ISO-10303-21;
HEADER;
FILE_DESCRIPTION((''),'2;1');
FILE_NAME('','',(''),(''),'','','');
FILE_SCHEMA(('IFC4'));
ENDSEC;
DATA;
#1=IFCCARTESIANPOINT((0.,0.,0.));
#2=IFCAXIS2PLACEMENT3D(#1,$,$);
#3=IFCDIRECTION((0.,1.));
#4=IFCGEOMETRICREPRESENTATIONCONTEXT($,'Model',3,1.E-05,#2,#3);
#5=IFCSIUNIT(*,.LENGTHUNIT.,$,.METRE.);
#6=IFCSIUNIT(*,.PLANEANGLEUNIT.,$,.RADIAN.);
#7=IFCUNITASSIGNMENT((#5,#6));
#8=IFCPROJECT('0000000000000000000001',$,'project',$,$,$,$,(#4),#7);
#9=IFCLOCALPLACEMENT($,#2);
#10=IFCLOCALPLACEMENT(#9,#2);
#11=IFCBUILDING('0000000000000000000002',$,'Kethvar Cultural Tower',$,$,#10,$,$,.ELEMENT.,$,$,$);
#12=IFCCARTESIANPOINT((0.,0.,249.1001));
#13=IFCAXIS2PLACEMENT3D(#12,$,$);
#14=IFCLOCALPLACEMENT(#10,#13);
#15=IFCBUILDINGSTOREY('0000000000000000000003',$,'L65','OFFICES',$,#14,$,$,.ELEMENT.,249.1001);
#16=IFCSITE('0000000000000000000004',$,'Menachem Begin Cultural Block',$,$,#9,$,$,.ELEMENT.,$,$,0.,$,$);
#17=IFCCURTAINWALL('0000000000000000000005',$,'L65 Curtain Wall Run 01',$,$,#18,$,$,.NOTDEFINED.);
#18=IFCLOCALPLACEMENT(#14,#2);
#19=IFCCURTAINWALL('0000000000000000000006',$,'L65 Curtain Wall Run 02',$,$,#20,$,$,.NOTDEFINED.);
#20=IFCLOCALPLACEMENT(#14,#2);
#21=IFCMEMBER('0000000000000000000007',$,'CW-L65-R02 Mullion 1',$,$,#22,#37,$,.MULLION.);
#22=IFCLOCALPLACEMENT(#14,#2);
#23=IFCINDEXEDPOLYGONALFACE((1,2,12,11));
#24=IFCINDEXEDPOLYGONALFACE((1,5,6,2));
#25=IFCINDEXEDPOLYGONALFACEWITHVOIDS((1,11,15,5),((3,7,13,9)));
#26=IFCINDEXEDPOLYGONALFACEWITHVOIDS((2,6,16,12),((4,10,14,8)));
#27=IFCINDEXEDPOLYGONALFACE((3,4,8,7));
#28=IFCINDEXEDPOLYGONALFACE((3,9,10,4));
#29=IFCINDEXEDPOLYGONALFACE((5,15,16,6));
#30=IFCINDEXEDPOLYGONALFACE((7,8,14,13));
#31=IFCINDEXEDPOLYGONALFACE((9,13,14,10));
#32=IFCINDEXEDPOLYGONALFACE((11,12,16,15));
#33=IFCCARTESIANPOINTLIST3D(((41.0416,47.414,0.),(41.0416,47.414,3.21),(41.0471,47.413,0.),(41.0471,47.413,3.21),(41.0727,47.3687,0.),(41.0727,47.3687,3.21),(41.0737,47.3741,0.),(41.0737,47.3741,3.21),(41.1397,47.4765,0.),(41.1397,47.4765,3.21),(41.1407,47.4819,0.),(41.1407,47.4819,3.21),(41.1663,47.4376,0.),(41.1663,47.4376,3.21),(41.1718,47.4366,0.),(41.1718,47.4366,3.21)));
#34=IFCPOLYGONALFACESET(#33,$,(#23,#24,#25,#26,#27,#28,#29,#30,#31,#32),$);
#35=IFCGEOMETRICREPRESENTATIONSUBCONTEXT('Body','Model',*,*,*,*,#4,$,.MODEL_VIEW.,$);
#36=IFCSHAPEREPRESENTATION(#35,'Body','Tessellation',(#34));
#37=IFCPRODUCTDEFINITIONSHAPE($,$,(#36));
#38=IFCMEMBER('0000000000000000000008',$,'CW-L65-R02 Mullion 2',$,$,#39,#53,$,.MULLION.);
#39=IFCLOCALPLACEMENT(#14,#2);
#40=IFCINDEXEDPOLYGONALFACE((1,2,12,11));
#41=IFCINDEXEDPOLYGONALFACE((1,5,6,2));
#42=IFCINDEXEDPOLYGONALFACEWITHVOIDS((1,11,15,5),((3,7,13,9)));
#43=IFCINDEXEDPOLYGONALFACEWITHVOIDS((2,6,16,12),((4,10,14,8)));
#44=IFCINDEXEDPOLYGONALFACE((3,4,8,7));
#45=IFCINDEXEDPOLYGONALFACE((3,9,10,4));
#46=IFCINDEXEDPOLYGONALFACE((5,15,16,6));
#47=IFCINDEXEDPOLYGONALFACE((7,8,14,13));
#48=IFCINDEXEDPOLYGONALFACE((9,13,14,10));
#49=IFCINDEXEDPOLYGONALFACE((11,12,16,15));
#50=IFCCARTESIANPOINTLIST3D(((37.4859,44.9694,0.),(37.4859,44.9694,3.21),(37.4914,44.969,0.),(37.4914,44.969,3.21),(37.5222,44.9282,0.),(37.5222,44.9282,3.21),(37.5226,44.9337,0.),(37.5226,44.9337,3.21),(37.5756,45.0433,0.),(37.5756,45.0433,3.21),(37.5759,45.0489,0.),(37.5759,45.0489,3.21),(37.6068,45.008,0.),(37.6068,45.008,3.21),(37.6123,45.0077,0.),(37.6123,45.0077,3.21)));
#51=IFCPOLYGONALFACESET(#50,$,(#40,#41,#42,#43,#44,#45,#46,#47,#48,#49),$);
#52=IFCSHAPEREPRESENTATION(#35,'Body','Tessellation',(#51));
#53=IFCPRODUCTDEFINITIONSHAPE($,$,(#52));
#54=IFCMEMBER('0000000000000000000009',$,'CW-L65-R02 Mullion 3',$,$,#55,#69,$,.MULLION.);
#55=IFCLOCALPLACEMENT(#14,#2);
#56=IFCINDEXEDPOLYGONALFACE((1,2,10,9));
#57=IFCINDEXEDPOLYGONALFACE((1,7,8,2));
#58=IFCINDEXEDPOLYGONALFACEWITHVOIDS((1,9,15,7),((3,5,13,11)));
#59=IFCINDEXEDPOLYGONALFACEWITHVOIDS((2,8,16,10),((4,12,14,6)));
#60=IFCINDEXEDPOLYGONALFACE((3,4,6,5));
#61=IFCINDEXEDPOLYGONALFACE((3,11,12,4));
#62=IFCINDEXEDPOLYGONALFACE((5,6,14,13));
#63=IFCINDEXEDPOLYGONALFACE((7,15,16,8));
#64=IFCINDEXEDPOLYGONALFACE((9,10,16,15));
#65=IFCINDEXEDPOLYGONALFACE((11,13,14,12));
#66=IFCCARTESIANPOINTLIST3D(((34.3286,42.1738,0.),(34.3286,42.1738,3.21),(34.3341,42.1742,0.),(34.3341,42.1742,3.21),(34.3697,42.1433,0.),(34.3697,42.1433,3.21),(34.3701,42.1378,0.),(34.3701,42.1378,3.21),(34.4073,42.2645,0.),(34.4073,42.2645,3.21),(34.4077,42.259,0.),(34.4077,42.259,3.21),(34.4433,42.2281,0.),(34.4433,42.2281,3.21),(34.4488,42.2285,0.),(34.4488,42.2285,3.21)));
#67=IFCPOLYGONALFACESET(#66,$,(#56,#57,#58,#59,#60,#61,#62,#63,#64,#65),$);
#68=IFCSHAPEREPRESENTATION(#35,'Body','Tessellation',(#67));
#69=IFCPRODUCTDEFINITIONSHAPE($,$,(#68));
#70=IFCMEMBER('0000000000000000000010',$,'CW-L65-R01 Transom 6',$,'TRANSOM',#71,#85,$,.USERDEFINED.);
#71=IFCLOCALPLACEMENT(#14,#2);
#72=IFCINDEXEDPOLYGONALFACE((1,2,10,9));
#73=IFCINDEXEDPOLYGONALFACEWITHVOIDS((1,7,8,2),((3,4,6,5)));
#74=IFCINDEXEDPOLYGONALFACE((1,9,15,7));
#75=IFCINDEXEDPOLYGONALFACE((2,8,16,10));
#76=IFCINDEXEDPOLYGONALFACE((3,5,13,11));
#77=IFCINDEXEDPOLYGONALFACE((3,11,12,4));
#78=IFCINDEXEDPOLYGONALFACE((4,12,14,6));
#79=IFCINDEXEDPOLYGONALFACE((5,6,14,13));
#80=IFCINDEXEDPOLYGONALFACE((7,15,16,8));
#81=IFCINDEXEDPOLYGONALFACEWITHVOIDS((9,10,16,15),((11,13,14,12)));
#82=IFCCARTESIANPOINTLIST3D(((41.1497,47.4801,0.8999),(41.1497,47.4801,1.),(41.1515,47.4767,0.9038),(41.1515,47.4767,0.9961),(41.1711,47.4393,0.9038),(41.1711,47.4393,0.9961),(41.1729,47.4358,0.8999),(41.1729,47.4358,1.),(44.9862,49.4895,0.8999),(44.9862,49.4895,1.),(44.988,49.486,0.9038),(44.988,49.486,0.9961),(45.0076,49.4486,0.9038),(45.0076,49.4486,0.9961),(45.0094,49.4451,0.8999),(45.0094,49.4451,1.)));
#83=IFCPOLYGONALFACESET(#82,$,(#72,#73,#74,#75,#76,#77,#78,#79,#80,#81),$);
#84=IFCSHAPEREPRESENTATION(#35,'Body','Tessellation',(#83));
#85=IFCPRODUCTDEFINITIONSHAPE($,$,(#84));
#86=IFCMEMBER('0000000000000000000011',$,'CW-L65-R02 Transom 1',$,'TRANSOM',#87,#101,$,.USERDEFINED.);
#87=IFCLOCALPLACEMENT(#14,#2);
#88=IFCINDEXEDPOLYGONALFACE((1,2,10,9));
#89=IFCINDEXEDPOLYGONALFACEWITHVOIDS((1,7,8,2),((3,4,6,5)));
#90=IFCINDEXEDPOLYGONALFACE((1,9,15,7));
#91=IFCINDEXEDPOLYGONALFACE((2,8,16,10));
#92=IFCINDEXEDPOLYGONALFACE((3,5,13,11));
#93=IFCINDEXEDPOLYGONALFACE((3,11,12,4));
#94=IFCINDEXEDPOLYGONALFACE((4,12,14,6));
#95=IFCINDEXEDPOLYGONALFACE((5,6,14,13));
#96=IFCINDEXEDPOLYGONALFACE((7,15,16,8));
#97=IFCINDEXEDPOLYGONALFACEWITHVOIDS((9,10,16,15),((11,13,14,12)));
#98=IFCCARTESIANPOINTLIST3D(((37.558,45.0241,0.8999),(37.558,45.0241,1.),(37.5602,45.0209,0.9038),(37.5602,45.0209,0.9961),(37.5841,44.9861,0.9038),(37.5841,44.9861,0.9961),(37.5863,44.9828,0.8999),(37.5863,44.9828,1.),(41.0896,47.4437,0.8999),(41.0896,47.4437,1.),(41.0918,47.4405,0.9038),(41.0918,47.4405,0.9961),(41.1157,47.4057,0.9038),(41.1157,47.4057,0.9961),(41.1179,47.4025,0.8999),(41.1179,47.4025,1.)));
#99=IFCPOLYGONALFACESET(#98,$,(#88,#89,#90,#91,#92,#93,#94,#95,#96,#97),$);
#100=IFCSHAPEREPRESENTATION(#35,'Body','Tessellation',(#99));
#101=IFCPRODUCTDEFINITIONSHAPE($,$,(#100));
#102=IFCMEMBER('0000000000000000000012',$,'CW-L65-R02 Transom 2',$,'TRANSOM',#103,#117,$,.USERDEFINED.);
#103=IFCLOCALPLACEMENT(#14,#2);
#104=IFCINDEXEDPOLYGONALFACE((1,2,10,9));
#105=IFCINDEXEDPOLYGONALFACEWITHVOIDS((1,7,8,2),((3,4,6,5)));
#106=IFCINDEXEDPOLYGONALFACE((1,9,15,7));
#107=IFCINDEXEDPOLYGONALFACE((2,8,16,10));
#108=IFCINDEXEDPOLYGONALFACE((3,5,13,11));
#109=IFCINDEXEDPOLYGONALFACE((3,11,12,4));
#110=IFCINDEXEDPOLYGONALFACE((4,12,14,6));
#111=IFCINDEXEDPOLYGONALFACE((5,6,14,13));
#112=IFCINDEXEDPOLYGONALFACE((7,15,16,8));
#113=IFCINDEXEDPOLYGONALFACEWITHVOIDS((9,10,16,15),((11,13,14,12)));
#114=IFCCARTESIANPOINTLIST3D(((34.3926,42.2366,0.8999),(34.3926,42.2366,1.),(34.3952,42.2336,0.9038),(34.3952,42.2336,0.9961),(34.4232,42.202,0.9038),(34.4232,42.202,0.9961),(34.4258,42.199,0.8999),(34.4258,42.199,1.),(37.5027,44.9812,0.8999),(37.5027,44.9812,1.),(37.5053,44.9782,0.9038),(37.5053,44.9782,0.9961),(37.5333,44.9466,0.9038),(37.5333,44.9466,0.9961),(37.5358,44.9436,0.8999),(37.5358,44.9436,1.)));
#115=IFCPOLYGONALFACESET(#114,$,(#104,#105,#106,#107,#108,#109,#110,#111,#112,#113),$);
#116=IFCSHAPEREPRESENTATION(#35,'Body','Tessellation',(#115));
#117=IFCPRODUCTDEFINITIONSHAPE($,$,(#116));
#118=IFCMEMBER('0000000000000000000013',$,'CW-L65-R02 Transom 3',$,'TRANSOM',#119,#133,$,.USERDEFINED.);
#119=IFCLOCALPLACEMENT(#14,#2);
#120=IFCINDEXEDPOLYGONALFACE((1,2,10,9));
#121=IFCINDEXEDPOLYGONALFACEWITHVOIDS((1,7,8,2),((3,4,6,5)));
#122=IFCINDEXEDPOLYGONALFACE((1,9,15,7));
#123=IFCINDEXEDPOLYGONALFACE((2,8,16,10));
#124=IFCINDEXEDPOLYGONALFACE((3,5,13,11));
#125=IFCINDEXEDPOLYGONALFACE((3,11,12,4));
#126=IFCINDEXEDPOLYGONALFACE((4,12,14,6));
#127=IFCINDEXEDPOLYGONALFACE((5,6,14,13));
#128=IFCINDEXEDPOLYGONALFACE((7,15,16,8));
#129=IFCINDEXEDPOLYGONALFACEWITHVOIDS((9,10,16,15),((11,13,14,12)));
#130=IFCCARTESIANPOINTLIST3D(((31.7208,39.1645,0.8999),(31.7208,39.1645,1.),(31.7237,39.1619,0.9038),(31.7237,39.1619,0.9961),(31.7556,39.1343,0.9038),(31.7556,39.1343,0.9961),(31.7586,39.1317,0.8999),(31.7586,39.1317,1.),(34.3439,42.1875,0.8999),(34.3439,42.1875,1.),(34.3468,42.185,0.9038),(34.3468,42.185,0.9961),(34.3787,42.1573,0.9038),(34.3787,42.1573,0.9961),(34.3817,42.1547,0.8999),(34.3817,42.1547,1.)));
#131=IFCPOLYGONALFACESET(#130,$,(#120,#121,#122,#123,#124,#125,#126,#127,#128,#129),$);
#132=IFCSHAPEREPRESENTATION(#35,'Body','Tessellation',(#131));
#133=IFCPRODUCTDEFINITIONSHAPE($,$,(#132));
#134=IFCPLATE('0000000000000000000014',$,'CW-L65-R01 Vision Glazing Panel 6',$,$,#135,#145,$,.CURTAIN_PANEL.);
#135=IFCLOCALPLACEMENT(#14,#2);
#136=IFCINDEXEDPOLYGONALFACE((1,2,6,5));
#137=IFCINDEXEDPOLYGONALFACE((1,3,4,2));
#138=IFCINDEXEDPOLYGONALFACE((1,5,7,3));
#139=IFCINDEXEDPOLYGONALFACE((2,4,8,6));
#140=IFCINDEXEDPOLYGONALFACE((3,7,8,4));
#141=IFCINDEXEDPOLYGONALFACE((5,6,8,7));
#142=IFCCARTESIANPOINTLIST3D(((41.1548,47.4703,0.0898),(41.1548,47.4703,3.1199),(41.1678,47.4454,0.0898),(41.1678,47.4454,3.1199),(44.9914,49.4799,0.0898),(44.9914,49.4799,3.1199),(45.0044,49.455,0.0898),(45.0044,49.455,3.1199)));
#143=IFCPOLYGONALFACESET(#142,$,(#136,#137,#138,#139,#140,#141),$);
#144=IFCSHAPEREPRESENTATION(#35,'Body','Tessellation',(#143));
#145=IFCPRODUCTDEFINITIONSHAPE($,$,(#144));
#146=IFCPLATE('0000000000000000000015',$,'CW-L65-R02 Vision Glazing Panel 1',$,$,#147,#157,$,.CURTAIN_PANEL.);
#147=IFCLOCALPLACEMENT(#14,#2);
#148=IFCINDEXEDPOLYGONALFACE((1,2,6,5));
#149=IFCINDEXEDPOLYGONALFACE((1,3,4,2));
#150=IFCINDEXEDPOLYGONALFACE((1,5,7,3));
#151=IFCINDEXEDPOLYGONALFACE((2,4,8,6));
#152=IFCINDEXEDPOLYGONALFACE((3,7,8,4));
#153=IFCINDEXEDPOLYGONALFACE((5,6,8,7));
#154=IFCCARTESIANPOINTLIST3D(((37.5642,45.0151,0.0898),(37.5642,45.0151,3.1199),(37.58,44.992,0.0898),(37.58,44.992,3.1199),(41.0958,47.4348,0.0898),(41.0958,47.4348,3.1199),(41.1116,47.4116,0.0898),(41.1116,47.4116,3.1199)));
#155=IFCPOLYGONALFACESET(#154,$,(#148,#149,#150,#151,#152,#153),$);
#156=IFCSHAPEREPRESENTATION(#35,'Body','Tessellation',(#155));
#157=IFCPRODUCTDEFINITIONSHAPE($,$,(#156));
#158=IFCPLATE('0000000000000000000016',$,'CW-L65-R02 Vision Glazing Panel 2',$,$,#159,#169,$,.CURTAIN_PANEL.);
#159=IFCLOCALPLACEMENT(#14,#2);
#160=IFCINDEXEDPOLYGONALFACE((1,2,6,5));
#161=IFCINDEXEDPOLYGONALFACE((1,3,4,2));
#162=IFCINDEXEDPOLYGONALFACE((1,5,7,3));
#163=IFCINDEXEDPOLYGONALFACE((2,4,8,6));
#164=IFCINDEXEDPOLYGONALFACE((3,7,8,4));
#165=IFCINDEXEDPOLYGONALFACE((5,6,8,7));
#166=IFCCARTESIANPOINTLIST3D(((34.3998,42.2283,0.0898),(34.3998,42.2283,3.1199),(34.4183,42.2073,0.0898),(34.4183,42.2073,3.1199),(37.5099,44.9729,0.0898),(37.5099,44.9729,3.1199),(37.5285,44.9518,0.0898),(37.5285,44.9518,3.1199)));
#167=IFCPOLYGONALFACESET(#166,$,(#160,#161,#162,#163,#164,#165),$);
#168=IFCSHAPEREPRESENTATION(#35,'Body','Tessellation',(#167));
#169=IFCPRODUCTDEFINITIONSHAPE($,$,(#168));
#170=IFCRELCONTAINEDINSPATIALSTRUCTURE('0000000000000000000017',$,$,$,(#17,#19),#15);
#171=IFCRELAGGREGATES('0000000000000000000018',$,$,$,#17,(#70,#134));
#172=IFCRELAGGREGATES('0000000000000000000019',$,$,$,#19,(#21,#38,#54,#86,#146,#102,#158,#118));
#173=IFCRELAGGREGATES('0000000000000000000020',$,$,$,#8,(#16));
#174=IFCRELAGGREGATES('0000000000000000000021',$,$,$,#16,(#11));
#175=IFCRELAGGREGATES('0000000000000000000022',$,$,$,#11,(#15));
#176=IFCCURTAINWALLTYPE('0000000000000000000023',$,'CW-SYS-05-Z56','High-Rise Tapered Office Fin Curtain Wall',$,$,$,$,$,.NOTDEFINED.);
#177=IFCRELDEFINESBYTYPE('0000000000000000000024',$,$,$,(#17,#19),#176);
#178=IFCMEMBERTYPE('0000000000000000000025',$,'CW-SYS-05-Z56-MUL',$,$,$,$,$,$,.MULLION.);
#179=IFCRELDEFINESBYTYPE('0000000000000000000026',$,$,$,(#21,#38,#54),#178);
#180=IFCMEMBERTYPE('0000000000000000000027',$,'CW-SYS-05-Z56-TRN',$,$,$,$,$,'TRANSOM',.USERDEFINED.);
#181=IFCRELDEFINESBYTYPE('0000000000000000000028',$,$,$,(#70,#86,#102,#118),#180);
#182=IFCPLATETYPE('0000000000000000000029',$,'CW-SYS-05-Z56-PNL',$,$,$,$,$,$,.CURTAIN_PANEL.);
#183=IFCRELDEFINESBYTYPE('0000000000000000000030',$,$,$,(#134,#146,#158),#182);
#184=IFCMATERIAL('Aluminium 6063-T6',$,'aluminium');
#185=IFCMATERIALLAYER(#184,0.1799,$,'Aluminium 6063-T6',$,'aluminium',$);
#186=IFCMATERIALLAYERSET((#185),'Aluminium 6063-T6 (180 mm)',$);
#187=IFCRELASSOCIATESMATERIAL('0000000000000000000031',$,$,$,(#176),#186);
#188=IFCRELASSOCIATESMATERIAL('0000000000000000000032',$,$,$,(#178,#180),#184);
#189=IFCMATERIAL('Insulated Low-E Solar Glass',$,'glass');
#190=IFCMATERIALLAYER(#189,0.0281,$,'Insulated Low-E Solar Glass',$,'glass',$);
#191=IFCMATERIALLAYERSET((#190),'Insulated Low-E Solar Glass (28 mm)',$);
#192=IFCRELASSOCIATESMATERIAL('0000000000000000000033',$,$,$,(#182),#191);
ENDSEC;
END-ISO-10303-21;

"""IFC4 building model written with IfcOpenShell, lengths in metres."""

from ifc_helpers import new_model, si_unit, direction, frame, origin, origin_2d, place, context, subcontext, project, spatial, rectangle, hollow_rectangle, extrude, source, transform, mapped, material, layer, layer_set, material_profile, profile_set, type_object, element, aggregate, save


model = new_model("IFC4")

# Units and contexts
model_context = context("Model", 3, precision=1e-05, world=origin(), true_north=direction((0.0, 1.0)))
body_context = subcontext(model_context, "Body", "Model", "MODEL_VIEW")
ifc_project = project(units=[si_unit("LENGTHUNIT", "METRE"), si_unit("PLANEANGLEUNIT", "RADIAN")], contexts=[model_context])

# Site, building, storey
site_placement = place(None, origin())
site = spatial("IfcSite", under=ifc_project, at=site_placement, Name="Menachem Begin Cultural Block", CompositionType="ELEMENT", RefElevation=0.0)
building_placement = place(site_placement, origin())
building = spatial("IfcBuilding", under=site, at=building_placement, Name="Kethvar Cultural Tower", CompositionType="ELEMENT")
storey_placement = place(building_placement, frame((0.0, 0.0, 249.1001)))
storey = spatial("IfcBuildingStorey", under=building, at=storey_placement, Name="L65", Description="OFFICES", CompositionType="ELEMENT", Elevation=249.1001)

# Curtain walls, members
ifc_material_1 = material(Name="Aluminium 6063-T6", Category="aluminium")
ifc_layer_1 = layer(ifc_material_1, 0.1799, Name="Aluminium 6063-T6", Category="aluminium")
ifc_layer_set_1 = layer_set([ifc_layer_1], Name="Aluminium 6063-T6 (180 mm)")
curtain_wall_type = type_object("IfcCurtainWallType", Name="CW-SYS-05-Z56", Description="High-Rise Tapered Office Fin Curtain Wall", PredefinedType="NOTDEFINED", material=ifc_layer_set_1)
curtain_wall_1_placement = place(storey_placement, origin())
curtain_wall_1 = element("IfcCurtainWall", 1, at=curtain_wall_1_placement, inside=storey, type_object=curtain_wall_type, Name="L65 Curtain Wall Run 01", PredefinedType="NOTDEFINED")
ifc_material_profile_1 = material_profile(ifc_material_1, hollow_rectangle(XDim=0.0549, YDim=0.1201, WallThickness=0.0039, at=origin_2d()), Name="Aluminium 6063-T6 — RHS120x55x4")
ifc_profile_set_1 = profile_set([ifc_material_profile_1], Name="Aluminium 6063-T6 — RHS120x55x4")
member_type_1 = type_object("IfcMemberType", Name="CW-SYS-05-Z56-MUL", PredefinedType="MULLION", material=ifc_profile_set_1)
shared_shape_1 = source(origin(), body_context, "Body", "SweptSolid", [
    extrude(hollow_rectangle(XDim=0.0549, YDim=0.1201, WallThickness=0.0039, at=origin_2d()), origin(), (0.0, 0.0, 1.0), 3.21),
])
curtain_wall_2_placement = place(storey_placement, origin())
curtain_wall_2 = element("IfcCurtainWall", 2, at=curtain_wall_2_placement, inside=storey, type_object=curtain_wall_type, Name="L65 Curtain Wall Run 02", PredefinedType="NOTDEFINED")
member_1_placement = place(storey_placement, frame((41.1067, 47.4253, 0.0), z_axis=(0.0, 0.0, 1.0), x_axis=(0.565212, -0.824946, 0.0)))
member_1 = element("IfcMember", 3, at=member_1_placement, type_object=member_type_1, Name="CW-L65-R02 Mullion 1", PredefinedType="MULLION", context=body_context, shape_type="MappedRepresentation", body=[
    mapped(shared_shape_1, transform((0.0, 0.0, 0.0), scale=1.0)),
])
member_2_placement = place(storey_placement, frame((37.5491, 44.9885, 0.0), z_axis=(0.0, 0.0, 1.0), x_axis=(0.661665, -0.749799, 0.0)))
member_2 = element("IfcMember", 4, at=member_2_placement, type_object=member_type_1, Name="CW-L65-R02 Mullion 2", PredefinedType="MULLION", context=body_context, shape_type="MappedRepresentation", body=[
    mapped(shared_shape_1, transform((0.0, 0.0, 0.0), scale=1.0)),
])
member_3_placement = place(storey_placement, frame((34.3887, 42.2012, 0.0), z_axis=(0.0, 0.0, 1.0), x_axis=(0.755316, -0.655361, 0.0)))
member_3 = element("IfcMember", 5, at=member_3_placement, type_object=member_type_1, Name="CW-L65-R02 Mullion 3", PredefinedType="MULLION", context=body_context, shape_type="MappedRepresentation", body=[
    mapped(shared_shape_1, transform((0.0, 0.0, 0.0), scale=1.0)),
])

# Members
ifc_material_profile_2 = material_profile(ifc_material_1, hollow_rectangle(XDim=0.05, YDim=0.1001, WallThickness=0.0039, at=origin_2d()), Name="Aluminium 6063-T6 — RHS100x50x4")
ifc_profile_set_2 = profile_set([ifc_material_profile_2], Name="Aluminium 6063-T6 — RHS100x50x4")
member_type_2 = type_object("IfcMemberType", Name="CW-SYS-05-Z56-TRN", ElementType="TRANSOM", PredefinedType="USERDEFINED", material=ifc_profile_set_2)
shared_shape_2 = source(origin(), body_context, "Body", "SweptSolid", [
    extrude(hollow_rectangle(XDim=0.05, YDim=0.1001, WallThickness=0.0039, at=origin_2d()), origin(), (0.0, 0.0, 1.0), 4.3308),
])
member_4_placement = place(storey_placement, frame((44.9978, 49.4673, 0.95), z_axis=(-0.885858, -0.463956, 0.0), x_axis=(0.463956, -0.885858, 0.0)))
member_4 = element("IfcMember", 6, at=member_4_placement, type_object=member_type_2, Name="CW-L65-R01 Transom 6", ObjectType="TRANSOM", PredefinedType="USERDEFINED", context=body_context, shape_type="MappedRepresentation", body=[
    mapped(shared_shape_2, transform((0.0, 0.0, 0.0), scale=1.0)),
])
shared_shape_3 = source(origin(), body_context, "Body", "SweptSolid", [
    extrude(hollow_rectangle(XDim=0.05, YDim=0.1001, WallThickness=0.0039, at=origin_2d()), origin(), (0.0, 0.0, 1.0), 4.281),
])
member_5_placement = place(storey_placement, frame((41.1038, 47.4231, 0.95), z_axis=(-0.824956, -0.565197, 0.0), x_axis=(0.565197, -0.824956, 0.0)))
member_5 = element("IfcMember", 7, at=member_5_placement, type_object=member_type_2, Name="CW-L65-R02 Transom 1", ObjectType="TRANSOM", PredefinedType="USERDEFINED", context=body_context, shape_type="MappedRepresentation", body=[
    mapped(shared_shape_3, transform((0.0, 0.0, 0.0), scale=1.0)),
])
shared_shape_4 = source(origin(), body_context, "Body", "SweptSolid", [
    extrude(hollow_rectangle(XDim=0.05, YDim=0.1001, WallThickness=0.0039, at=origin_2d()), origin(), (0.0, 0.0, 1.0), 4.1479),
])
member_6_placement = place(storey_placement, frame((37.5193, 44.9624, 0.95), z_axis=(-0.749788, -0.661678, 0.0), x_axis=(0.661678, -0.749788, 0.0)))
member_6 = element("IfcMember", 8, at=member_6_placement, type_object=member_type_2, Name="CW-L65-R02 Transom 2", ObjectType="TRANSOM", PredefinedType="USERDEFINED", context=body_context, shape_type="MappedRepresentation", body=[
    mapped(shared_shape_4, transform((0.0, 0.0, 0.0), scale=1.0)),
])
shared_shape_5 = source(origin(), body_context, "Body", "SweptSolid", [
    extrude(hollow_rectangle(XDim=0.05, YDim=0.1001, WallThickness=0.0039, at=origin_2d()), origin(), (0.0, 0.0, 1.0), 4.0024),
])
member_7_placement = place(storey_placement, frame((34.3628, 42.1711, 0.95), z_axis=(-0.655381, -0.755298, 0.0), x_axis=(0.755298, -0.655381, 0.0)))
member_7 = element("IfcMember", 9, at=member_7_placement, type_object=member_type_2, Name="CW-L65-R02 Transom 3", ObjectType="TRANSOM", PredefinedType="USERDEFINED", context=body_context, shape_type="MappedRepresentation", body=[
    mapped(shared_shape_5, transform((0.0, 0.0, 0.0), scale=1.0)),
])

# Plates
ifc_material_2 = material(Name="Insulated Low-E Solar Glass", Category="glass")
ifc_layer_2 = layer(ifc_material_2, 0.0281, Name="Insulated Low-E Solar Glass", Category="glass")
ifc_layer_set_2 = layer_set([ifc_layer_2], Name="Insulated Low-E Solar Glass (28 mm)")
plate_type = type_object("IfcPlateType", Name="CW-SYS-05-Z56-PNL", PredefinedType="CURTAIN_PANEL", material=ifc_layer_set_2)
shared_shape_6 = source(origin(), body_context, "Body", "SweptSolid", [
    extrude(rectangle(XDim=4.3311, YDim=0.0281, at=origin_2d()), origin(), (0.0, 0.0, 1.0), 3.03),
])
plate_1_placement = place(storey_placement, frame((43.0796, 48.4626, 0.0898), z_axis=(0.0, 0.0, 1.0), x_axis=(-0.885839, -0.463992, 0.0)))
plate_1 = element("IfcPlate", 10, at=plate_1_placement, type_object=plate_type, Name="CW-L65-R01 Vision Glazing Panel 6", PredefinedType="CURTAIN_PANEL", context=body_context, shape_type="MappedRepresentation", body=[
    mapped(shared_shape_6, transform((0.0, 0.0, 0.0), scale=1.0)),
])
aggregate(curtain_wall_1, [member_4, plate_1])
shared_shape_7 = source(origin(), body_context, "Body", "SweptSolid", [
    extrude(rectangle(XDim=4.281, YDim=0.0281, at=origin_2d()), origin(), (0.0, 0.0, 1.0), 3.03),
])
plate_2_placement = place(storey_placement, frame((39.3379, 46.2134, 0.0898), z_axis=(0.0, 0.0, 1.0), x_axis=(-0.824946, -0.565212, 0.0)))
plate_2 = element("IfcPlate", 11, at=plate_2_placement, type_object=plate_type, Name="CW-L65-R02 Vision Glazing Panel 1", PredefinedType="CURTAIN_PANEL", context=body_context, shape_type="MappedRepresentation", body=[
    mapped(shared_shape_7, transform((0.0, 0.0, 0.0), scale=1.0)),
])
shared_shape_8 = source(origin(), body_context, "Body", "SweptSolid", [
    extrude(rectangle(XDim=4.1479, YDim=0.0281, at=origin_2d()), origin(), (0.0, 0.0, 1.0), 3.03),
])
plate_3_placement = place(storey_placement, frame((35.9641, 43.5901, 0.0898), z_axis=(0.0, 0.0, 1.0), x_axis=(-0.749799, -0.661665, 0.0)))
plate_3 = element("IfcPlate", 12, at=plate_3_placement, type_object=plate_type, Name="CW-L65-R02 Vision Glazing Panel 2", PredefinedType="CURTAIN_PANEL", context=body_context, shape_type="MappedRepresentation", body=[
    mapped(shared_shape_8, transform((0.0, 0.0, 0.0), scale=1.0)),
])
aggregate(curtain_wall_2, [member_1, member_2, member_3, member_5, plate_2, member_6, plate_3, member_7])

save(model, "model.ifc")
